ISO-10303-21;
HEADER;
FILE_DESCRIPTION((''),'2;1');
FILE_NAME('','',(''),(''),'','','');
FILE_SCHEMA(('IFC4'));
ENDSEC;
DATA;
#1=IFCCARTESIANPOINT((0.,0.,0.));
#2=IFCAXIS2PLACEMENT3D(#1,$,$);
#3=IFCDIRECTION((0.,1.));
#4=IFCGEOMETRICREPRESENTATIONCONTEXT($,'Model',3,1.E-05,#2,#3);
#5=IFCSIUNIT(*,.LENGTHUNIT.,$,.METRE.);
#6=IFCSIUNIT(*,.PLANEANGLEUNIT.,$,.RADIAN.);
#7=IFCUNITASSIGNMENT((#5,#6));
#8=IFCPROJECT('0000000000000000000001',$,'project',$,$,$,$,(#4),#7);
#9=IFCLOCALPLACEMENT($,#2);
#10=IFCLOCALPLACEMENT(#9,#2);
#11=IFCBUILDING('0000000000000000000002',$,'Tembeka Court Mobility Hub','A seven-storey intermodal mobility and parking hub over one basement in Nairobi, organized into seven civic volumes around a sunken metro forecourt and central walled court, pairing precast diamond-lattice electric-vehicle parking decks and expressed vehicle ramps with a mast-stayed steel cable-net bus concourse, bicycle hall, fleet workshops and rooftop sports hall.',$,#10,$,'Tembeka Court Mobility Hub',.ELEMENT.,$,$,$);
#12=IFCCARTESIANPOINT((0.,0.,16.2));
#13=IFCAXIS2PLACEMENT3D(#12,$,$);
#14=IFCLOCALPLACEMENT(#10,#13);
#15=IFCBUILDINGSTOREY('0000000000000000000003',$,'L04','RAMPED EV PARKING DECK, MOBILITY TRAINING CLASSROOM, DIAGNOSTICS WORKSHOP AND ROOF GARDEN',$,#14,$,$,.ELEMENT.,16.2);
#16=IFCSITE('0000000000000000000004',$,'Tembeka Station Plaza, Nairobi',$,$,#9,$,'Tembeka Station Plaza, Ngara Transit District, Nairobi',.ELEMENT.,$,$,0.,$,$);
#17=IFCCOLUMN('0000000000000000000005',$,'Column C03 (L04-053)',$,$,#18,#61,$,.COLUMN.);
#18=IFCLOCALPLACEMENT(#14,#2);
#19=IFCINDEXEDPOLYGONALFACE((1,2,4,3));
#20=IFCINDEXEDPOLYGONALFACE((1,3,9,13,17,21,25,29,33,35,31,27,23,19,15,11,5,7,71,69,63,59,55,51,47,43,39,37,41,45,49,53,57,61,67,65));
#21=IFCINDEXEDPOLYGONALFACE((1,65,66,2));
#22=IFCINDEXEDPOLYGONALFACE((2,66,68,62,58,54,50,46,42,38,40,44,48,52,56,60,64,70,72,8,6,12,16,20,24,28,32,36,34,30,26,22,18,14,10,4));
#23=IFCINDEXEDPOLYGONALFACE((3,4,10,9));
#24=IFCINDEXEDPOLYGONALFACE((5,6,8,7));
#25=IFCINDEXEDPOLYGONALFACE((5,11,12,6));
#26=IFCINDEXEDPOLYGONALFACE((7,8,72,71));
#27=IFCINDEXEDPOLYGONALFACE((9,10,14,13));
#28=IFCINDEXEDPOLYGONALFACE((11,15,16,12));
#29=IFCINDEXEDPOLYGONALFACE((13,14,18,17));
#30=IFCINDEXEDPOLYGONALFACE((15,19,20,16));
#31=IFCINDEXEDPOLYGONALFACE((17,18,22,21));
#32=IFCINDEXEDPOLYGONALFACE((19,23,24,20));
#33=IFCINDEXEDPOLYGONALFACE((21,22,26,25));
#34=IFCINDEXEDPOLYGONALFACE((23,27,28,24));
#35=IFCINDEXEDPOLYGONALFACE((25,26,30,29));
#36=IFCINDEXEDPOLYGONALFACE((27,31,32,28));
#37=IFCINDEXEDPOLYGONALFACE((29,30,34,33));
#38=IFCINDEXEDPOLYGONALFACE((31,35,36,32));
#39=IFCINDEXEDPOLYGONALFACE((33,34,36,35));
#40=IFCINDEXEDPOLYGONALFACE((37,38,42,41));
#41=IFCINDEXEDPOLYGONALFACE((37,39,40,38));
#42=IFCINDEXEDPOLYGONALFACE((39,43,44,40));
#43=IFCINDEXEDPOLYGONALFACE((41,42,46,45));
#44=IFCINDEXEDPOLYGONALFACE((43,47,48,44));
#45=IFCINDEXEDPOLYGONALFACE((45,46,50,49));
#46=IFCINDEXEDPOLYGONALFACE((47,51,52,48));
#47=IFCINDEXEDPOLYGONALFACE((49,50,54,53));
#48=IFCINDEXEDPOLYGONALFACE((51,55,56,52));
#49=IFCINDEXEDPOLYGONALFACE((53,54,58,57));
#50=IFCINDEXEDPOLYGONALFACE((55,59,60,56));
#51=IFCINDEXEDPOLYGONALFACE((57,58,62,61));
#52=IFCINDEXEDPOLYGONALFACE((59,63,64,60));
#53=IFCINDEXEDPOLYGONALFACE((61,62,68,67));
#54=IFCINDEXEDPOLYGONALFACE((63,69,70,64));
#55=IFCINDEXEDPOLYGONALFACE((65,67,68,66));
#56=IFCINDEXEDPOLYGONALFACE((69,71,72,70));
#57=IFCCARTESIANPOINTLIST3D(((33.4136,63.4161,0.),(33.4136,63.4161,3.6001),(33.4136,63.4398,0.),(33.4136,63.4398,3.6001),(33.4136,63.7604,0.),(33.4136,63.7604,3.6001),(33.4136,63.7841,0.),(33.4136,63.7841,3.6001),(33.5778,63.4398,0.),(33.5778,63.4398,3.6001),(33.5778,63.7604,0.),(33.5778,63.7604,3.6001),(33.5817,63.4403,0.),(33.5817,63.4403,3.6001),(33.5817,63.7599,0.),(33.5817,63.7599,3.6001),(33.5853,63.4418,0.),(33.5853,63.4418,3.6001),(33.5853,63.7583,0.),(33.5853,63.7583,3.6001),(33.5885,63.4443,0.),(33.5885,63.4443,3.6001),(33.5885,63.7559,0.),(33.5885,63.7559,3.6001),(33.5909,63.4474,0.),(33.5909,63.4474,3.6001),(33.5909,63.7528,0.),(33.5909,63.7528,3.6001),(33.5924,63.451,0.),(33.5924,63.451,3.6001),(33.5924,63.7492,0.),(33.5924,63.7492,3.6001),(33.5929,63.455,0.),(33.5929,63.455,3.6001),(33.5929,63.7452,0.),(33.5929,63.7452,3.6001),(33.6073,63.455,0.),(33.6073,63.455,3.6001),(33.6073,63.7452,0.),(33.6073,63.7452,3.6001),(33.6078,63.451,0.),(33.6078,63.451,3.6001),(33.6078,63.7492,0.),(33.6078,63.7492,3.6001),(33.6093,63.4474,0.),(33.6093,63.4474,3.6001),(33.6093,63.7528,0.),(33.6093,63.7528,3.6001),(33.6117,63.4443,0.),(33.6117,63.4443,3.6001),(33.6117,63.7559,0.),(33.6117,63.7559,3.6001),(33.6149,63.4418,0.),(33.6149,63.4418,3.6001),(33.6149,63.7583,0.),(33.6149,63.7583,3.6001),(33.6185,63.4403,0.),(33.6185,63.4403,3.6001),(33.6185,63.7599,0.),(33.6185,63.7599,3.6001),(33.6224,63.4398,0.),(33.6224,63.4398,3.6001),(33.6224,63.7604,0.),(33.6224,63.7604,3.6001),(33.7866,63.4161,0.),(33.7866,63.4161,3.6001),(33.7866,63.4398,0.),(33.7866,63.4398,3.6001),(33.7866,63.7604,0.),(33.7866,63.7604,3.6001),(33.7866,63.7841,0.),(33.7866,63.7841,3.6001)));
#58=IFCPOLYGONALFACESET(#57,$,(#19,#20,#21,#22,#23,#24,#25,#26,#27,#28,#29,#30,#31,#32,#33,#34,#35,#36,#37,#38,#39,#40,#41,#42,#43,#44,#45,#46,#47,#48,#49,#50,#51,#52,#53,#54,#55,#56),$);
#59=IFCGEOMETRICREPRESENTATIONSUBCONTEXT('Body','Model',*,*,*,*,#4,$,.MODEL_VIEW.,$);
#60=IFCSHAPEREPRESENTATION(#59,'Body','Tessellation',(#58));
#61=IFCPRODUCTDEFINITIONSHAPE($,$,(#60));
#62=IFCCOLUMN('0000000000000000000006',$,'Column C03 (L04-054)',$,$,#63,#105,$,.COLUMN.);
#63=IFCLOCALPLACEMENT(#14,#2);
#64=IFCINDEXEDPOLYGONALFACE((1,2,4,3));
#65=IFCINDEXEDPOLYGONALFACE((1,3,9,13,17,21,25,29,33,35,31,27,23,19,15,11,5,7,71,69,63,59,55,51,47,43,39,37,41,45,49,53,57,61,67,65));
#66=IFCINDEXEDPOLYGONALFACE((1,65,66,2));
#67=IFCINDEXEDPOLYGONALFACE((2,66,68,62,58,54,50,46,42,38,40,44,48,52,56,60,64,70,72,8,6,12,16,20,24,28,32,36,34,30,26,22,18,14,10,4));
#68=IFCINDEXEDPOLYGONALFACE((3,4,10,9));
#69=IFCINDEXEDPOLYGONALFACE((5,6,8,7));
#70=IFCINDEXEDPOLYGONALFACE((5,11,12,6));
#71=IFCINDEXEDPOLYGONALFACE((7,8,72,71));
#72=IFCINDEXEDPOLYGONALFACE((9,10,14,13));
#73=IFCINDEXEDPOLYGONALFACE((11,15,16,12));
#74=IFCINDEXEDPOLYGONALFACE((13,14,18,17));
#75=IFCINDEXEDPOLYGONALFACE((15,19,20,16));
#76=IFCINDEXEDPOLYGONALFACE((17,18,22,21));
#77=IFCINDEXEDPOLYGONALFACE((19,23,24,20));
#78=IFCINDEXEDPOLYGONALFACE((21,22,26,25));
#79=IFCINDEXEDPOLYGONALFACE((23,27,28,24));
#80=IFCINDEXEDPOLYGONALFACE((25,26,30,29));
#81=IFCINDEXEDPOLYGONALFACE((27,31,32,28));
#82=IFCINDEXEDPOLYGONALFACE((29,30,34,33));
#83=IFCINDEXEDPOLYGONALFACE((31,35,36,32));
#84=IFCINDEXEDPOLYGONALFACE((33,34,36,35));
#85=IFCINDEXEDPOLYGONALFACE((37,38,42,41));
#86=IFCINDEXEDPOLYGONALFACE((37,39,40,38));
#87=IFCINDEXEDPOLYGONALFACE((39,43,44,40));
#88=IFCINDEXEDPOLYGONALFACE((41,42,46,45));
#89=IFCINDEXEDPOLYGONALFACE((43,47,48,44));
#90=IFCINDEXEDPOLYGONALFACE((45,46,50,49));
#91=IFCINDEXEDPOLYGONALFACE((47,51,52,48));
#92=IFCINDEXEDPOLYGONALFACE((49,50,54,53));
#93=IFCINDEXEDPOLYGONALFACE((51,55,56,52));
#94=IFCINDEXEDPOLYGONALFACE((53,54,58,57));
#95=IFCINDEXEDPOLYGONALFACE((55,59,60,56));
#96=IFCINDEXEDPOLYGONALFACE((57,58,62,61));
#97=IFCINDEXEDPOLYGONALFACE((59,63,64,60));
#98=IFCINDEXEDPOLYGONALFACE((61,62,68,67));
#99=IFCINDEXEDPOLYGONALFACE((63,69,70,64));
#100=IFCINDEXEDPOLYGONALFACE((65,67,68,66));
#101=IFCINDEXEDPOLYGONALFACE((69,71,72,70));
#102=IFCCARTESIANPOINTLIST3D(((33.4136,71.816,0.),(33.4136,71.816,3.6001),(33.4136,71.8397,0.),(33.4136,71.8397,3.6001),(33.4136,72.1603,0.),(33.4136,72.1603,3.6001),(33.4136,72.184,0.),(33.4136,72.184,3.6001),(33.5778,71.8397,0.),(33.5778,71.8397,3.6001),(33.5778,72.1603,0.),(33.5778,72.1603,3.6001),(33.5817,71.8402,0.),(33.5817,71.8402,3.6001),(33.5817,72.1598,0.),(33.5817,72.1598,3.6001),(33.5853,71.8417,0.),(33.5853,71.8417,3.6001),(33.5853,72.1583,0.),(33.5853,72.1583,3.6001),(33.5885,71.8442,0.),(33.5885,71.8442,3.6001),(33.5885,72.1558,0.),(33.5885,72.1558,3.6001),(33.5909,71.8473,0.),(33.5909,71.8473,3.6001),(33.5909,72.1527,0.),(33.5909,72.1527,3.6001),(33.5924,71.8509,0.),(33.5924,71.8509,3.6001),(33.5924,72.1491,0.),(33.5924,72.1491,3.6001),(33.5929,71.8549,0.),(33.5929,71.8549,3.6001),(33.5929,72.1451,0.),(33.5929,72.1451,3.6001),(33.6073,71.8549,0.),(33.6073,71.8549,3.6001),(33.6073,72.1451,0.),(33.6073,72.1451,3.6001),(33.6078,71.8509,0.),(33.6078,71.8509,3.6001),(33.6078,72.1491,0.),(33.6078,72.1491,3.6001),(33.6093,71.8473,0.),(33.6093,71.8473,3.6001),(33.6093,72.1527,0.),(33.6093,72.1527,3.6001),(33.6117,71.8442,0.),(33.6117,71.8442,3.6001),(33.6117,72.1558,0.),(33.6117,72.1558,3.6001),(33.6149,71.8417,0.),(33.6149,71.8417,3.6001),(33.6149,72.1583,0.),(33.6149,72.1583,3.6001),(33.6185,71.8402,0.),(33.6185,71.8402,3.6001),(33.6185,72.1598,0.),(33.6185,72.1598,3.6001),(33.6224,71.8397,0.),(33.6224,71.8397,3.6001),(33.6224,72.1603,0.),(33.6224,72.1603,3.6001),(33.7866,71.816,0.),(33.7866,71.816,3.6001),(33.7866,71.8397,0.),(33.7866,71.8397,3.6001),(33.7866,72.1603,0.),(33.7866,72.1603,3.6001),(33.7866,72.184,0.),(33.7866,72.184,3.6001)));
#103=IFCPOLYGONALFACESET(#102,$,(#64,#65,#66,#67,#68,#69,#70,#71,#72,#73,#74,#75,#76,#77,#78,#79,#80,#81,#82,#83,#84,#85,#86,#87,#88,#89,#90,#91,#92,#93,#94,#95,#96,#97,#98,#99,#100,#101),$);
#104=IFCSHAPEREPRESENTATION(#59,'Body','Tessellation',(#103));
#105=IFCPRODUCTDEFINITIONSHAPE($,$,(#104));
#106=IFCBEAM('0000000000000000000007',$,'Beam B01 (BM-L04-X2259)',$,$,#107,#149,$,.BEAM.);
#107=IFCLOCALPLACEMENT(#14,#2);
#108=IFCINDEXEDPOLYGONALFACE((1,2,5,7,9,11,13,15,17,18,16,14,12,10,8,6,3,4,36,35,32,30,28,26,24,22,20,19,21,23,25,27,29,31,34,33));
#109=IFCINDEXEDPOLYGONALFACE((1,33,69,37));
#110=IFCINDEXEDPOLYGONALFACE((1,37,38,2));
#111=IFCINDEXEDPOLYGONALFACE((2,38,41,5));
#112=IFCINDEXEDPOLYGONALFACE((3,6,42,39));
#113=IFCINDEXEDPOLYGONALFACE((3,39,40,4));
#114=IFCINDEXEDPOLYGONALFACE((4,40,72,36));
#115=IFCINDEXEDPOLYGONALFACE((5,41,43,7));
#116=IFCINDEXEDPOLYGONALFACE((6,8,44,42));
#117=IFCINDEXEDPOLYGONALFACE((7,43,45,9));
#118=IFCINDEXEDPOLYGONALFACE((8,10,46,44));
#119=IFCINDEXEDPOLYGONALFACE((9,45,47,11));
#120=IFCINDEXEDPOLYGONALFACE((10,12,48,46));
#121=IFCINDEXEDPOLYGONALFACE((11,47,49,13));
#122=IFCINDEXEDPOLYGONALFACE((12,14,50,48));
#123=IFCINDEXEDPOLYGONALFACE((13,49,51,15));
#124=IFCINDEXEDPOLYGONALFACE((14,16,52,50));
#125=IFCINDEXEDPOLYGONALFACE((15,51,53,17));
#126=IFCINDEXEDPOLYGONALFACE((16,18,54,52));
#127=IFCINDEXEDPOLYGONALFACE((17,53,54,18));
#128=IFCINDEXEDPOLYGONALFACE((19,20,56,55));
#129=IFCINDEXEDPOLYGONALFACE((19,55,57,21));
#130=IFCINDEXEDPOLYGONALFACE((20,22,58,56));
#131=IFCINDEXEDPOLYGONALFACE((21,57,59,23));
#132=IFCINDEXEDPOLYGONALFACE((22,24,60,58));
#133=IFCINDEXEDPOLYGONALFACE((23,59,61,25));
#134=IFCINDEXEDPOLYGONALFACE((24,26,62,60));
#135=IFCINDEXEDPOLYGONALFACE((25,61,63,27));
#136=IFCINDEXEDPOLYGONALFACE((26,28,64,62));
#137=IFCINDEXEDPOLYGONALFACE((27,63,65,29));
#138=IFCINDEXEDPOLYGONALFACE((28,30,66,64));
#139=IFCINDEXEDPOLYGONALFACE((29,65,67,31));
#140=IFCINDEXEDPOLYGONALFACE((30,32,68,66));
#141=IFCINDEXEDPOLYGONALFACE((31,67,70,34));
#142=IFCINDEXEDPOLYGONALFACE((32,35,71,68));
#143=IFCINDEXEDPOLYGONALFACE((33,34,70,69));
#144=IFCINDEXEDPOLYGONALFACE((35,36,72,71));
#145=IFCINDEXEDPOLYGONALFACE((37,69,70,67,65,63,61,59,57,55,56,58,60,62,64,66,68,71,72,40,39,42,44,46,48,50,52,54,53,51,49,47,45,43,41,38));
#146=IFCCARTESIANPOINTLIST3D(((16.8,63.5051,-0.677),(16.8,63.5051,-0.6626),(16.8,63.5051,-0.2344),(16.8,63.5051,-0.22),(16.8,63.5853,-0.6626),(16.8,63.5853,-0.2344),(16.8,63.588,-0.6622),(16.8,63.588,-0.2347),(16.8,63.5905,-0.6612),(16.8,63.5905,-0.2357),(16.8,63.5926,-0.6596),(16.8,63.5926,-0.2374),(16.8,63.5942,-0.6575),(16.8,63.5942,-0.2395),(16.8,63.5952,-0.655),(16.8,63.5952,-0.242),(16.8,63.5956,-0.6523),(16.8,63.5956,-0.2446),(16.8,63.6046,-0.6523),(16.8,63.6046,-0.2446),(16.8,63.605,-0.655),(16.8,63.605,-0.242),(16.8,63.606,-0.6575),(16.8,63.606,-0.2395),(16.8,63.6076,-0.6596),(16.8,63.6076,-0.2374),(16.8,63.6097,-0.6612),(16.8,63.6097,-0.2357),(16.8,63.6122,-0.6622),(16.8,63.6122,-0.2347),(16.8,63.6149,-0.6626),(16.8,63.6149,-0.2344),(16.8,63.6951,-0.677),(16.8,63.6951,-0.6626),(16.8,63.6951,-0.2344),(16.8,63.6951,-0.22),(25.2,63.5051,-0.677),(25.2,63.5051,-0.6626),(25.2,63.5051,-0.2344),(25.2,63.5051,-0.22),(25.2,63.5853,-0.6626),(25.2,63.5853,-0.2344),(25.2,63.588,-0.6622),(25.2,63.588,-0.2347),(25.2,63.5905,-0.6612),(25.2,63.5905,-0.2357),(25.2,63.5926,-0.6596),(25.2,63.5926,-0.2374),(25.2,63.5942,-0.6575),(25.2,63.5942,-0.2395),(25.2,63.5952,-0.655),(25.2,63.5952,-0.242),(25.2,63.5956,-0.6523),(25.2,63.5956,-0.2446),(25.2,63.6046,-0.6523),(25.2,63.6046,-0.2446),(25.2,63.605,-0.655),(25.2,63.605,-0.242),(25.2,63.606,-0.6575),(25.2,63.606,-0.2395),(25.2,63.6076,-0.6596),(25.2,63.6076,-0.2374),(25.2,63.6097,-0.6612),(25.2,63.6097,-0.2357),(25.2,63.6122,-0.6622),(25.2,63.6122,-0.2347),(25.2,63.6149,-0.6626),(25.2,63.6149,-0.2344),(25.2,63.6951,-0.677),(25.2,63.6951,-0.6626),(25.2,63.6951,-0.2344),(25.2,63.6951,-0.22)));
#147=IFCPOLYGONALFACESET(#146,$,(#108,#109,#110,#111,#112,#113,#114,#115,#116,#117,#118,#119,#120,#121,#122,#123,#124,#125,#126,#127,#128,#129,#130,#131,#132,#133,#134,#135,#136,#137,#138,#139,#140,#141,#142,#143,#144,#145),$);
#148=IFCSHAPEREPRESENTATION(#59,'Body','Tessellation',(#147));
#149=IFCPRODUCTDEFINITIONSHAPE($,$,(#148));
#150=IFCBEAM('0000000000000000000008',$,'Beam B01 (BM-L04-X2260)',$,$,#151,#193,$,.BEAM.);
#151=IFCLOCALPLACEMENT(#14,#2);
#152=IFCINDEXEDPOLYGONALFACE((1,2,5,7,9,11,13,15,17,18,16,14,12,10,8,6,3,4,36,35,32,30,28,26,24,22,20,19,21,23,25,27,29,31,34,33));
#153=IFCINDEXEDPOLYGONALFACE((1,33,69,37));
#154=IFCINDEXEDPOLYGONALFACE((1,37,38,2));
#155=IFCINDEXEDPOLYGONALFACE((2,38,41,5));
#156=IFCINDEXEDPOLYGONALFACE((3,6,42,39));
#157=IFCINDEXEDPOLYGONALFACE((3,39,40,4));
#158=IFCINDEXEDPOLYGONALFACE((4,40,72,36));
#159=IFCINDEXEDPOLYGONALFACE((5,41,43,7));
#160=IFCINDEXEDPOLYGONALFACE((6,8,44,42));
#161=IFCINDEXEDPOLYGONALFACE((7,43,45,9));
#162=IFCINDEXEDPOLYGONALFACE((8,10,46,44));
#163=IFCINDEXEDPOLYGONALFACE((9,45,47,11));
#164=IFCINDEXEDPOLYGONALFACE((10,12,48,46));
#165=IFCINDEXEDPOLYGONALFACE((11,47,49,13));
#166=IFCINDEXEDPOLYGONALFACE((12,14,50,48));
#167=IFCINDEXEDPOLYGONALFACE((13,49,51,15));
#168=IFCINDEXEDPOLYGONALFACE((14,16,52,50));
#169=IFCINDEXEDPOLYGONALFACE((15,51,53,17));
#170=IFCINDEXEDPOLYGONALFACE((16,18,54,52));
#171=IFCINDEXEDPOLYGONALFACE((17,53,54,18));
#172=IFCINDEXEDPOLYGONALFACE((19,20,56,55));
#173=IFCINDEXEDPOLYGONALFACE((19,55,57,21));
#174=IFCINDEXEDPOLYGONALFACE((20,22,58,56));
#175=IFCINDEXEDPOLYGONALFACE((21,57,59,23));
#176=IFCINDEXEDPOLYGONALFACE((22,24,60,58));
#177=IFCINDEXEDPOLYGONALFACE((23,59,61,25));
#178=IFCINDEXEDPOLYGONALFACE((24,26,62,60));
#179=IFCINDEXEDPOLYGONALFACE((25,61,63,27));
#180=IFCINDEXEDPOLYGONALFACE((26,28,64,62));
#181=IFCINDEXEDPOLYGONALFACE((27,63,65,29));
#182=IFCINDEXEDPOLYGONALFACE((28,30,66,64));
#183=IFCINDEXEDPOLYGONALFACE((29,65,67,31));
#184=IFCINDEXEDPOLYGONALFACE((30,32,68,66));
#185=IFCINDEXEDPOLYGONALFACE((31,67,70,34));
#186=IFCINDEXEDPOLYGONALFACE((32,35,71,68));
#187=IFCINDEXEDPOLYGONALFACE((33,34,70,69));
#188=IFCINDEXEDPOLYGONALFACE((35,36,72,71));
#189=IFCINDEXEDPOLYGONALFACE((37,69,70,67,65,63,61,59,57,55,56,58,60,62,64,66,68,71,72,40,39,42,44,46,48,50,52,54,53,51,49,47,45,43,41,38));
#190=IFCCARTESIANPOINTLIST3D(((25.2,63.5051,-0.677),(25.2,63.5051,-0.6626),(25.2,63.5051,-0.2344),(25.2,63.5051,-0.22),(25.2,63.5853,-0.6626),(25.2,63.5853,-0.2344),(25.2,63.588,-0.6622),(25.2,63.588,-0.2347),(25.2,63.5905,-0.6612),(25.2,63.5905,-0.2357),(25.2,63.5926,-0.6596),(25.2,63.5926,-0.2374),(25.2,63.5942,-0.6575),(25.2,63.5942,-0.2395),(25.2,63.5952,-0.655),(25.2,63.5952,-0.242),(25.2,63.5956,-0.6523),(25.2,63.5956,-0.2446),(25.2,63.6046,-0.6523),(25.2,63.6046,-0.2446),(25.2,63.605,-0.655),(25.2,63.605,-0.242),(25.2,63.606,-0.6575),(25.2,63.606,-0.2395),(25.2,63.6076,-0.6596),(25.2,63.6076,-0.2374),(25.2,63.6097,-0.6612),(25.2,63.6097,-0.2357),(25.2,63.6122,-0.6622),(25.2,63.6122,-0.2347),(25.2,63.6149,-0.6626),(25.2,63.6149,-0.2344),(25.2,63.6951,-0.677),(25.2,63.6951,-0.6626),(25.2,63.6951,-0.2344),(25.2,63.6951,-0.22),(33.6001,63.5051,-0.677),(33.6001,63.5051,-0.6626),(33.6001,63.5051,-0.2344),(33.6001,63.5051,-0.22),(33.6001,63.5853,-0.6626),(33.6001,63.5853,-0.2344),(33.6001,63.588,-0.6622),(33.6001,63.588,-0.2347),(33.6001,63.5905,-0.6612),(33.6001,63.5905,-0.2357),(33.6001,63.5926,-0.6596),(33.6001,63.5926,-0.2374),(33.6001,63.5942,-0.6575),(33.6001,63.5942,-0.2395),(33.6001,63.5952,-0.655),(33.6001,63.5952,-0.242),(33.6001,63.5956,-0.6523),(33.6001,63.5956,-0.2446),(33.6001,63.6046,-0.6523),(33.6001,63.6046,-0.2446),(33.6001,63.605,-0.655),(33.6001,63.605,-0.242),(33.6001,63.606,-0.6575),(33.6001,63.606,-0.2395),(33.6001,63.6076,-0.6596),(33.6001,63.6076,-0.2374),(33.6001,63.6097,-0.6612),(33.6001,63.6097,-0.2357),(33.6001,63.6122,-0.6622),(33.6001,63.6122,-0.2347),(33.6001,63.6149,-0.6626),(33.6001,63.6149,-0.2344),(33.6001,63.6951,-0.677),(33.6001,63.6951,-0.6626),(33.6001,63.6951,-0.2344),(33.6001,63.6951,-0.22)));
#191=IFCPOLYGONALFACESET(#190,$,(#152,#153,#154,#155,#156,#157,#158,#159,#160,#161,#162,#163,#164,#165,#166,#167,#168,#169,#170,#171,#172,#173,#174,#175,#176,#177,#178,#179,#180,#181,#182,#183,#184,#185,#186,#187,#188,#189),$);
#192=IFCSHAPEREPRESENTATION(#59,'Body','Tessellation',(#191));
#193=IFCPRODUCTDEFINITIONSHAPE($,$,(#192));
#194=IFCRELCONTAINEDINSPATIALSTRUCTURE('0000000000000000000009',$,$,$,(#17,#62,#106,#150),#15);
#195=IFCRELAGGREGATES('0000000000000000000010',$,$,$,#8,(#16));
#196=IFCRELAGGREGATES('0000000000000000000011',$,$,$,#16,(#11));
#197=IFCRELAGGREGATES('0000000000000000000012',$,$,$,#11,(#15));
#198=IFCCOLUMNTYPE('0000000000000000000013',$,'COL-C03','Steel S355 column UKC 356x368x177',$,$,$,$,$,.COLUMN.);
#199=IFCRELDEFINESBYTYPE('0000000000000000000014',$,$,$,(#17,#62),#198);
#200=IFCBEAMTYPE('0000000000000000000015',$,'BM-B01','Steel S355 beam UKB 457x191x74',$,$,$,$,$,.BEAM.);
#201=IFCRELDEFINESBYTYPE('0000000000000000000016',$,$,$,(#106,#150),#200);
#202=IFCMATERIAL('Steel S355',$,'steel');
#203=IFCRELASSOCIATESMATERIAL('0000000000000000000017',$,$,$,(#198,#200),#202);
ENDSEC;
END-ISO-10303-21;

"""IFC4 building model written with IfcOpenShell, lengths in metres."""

from ifc_helpers import new_model, si_unit, direction, frame, origin, origin_2d, place, context, subcontext, project, spatial, i_section, extrude, material, material_profile, profile_set, type_object, element, save


model = new_model("IFC4")

# Units and contexts
model_context = context("Model", 3, precision=1e-05, world=origin(), true_north=direction((0.0, 1.0)))
body_context = subcontext(model_context, "Body", "Model", "MODEL_VIEW")
ifc_project = project(units=[si_unit("LENGTHUNIT", "METRE"), si_unit("PLANEANGLEUNIT", "RADIAN")], contexts=[model_context])

# Site, building, storey
site_placement = place(None, origin())
site = spatial("IfcSite", under=ifc_project, at=site_placement, Name="Tembeka Station Plaza, Nairobi", LongName="Tembeka Station Plaza, Ngara Transit District, Nairobi", CompositionType="ELEMENT", RefElevation=0.0)
building_placement = place(site_placement, origin())
building = spatial("IfcBuilding", under=site, at=building_placement, Name="Tembeka Court Mobility Hub", Description="A seven-storey intermodal mobility and parking hub over one basement in Nairobi, organized into seven civic volumes around a sunken metro forecourt and central walled court, pairing precast diamond-lattice electric-vehicle parking decks and expressed vehicle ramps with a mast-stayed steel cable-net bus concourse, bicycle hall, fleet workshops and rooftop sports hall.", LongName="Tembeka Court Mobility Hub", CompositionType="ELEMENT")
storey_placement = place(building_placement, frame((0.0, 0.0, 16.2)))
storey = spatial("IfcBuildingStorey", under=building, at=storey_placement, Name="L04", Description="RAMPED EV PARKING DECK, MOBILITY TRAINING CLASSROOM, DIAGNOSTICS WORKSHOP AND ROOF GARDEN", CompositionType="ELEMENT", Elevation=16.2)

# Columns
ifc_material_1 = material(Name="Steel S355", Category="steel")
ifc_material_profile_1 = material_profile(ifc_material_1, i_section(OverallWidth=0.373, OverallDepth=0.3679, WebThickness=0.0144, FlangeThickness=0.0237, FilletRadius=0.0151, at=origin_2d()), Name="UKC 356x368x177")
ifc_profile_set_1 = profile_set([ifc_material_profile_1], Name="Steel S355")
column_type = type_object("IfcColumnType", Name="COL-C03", Description="Steel S355 column UKC 356x368x177", PredefinedType="COLUMN", material=ifc_profile_set_1)
for number, where, z_axis, x_axis, name in (
    (1, (33.6001, 63.6001, 0.0), (0.0, 0.0, 1.0), (1.0, 0.0, 0.0), "Column C03 (L04-053)"),
    (2, (33.6001, 72.0, 0.0), (0.0, 0.0, 1.0), (1.0, 0.0, 0.0), "Column C03 (L04-054)"),
):
    element("IfcColumn", number, at=place(storey_placement, frame(where, z_axis=z_axis, x_axis=x_axis)), inside=storey, type_object=column_type, Name=name, PredefinedType="COLUMN", context=body_context, shape_type="SweptSolid", body=[
        extrude(i_section(OverallWidth=0.373, OverallDepth=0.3679, WebThickness=0.0144, FlangeThickness=0.0237, FilletRadius=0.0151, at=origin_2d()), origin(), (0.0, 0.0, 1.0), 3.6001),
    ])

# Beams
ifc_material_profile_2 = material_profile(ifc_material_1, i_section(OverallWidth=0.1899, OverallDepth=0.457, WebThickness=0.009, FlangeThickness=0.0144, FilletRadius=0.0103, at=origin_2d()), Name="UKB 457x191x74")
ifc_profile_set_2 = profile_set([ifc_material_profile_2], Name="Steel S355")
beam_type_1 = type_object("IfcBeamType", Name="BM-B01", Description="Steel S355 beam UKB 457x191x74", PredefinedType="BEAM", material=ifc_profile_set_2)
beam_1_placement = place(storey_placement, frame((16.8, 63.6001, -0.4485), z_axis=(1.0, 0.0, 0.0), x_axis=(0.0, 1.0, 0.0)))
element("IfcBeam", 3, at=beam_1_placement, inside=storey, type_object=beam_type_1, Name="Beam B01 (BM-L04-X2259)", PredefinedType="BEAM", context=body_context, shape_type="SweptSolid", body=[
    extrude(i_section(OverallWidth=0.1899, OverallDepth=0.457, WebThickness=0.009, FlangeThickness=0.0144, FilletRadius=0.0103, at=origin_2d()), origin(), (0.0, 0.0, 1.0), 8.3999),
])
beam_2_placement = place(storey_placement, frame((25.2, 63.6001, -0.4485), z_axis=(1.0, 0.0, 0.0), x_axis=(0.0, 1.0, 0.0)))
element("IfcBeam", 4, at=beam_2_placement, inside=storey, type_object=beam_type_1, Name="Beam B01 (BM-L04-X2260)", PredefinedType="BEAM", context=body_context, shape_type="SweptSolid", body=[
    extrude(i_section(OverallWidth=0.1899, OverallDepth=0.457, WebThickness=0.009, FlangeThickness=0.0144, FilletRadius=0.0103, at=origin_2d()), origin(), (0.0, 0.0, 1.0), 8.4001),
])

save(model, "model.ifc")
